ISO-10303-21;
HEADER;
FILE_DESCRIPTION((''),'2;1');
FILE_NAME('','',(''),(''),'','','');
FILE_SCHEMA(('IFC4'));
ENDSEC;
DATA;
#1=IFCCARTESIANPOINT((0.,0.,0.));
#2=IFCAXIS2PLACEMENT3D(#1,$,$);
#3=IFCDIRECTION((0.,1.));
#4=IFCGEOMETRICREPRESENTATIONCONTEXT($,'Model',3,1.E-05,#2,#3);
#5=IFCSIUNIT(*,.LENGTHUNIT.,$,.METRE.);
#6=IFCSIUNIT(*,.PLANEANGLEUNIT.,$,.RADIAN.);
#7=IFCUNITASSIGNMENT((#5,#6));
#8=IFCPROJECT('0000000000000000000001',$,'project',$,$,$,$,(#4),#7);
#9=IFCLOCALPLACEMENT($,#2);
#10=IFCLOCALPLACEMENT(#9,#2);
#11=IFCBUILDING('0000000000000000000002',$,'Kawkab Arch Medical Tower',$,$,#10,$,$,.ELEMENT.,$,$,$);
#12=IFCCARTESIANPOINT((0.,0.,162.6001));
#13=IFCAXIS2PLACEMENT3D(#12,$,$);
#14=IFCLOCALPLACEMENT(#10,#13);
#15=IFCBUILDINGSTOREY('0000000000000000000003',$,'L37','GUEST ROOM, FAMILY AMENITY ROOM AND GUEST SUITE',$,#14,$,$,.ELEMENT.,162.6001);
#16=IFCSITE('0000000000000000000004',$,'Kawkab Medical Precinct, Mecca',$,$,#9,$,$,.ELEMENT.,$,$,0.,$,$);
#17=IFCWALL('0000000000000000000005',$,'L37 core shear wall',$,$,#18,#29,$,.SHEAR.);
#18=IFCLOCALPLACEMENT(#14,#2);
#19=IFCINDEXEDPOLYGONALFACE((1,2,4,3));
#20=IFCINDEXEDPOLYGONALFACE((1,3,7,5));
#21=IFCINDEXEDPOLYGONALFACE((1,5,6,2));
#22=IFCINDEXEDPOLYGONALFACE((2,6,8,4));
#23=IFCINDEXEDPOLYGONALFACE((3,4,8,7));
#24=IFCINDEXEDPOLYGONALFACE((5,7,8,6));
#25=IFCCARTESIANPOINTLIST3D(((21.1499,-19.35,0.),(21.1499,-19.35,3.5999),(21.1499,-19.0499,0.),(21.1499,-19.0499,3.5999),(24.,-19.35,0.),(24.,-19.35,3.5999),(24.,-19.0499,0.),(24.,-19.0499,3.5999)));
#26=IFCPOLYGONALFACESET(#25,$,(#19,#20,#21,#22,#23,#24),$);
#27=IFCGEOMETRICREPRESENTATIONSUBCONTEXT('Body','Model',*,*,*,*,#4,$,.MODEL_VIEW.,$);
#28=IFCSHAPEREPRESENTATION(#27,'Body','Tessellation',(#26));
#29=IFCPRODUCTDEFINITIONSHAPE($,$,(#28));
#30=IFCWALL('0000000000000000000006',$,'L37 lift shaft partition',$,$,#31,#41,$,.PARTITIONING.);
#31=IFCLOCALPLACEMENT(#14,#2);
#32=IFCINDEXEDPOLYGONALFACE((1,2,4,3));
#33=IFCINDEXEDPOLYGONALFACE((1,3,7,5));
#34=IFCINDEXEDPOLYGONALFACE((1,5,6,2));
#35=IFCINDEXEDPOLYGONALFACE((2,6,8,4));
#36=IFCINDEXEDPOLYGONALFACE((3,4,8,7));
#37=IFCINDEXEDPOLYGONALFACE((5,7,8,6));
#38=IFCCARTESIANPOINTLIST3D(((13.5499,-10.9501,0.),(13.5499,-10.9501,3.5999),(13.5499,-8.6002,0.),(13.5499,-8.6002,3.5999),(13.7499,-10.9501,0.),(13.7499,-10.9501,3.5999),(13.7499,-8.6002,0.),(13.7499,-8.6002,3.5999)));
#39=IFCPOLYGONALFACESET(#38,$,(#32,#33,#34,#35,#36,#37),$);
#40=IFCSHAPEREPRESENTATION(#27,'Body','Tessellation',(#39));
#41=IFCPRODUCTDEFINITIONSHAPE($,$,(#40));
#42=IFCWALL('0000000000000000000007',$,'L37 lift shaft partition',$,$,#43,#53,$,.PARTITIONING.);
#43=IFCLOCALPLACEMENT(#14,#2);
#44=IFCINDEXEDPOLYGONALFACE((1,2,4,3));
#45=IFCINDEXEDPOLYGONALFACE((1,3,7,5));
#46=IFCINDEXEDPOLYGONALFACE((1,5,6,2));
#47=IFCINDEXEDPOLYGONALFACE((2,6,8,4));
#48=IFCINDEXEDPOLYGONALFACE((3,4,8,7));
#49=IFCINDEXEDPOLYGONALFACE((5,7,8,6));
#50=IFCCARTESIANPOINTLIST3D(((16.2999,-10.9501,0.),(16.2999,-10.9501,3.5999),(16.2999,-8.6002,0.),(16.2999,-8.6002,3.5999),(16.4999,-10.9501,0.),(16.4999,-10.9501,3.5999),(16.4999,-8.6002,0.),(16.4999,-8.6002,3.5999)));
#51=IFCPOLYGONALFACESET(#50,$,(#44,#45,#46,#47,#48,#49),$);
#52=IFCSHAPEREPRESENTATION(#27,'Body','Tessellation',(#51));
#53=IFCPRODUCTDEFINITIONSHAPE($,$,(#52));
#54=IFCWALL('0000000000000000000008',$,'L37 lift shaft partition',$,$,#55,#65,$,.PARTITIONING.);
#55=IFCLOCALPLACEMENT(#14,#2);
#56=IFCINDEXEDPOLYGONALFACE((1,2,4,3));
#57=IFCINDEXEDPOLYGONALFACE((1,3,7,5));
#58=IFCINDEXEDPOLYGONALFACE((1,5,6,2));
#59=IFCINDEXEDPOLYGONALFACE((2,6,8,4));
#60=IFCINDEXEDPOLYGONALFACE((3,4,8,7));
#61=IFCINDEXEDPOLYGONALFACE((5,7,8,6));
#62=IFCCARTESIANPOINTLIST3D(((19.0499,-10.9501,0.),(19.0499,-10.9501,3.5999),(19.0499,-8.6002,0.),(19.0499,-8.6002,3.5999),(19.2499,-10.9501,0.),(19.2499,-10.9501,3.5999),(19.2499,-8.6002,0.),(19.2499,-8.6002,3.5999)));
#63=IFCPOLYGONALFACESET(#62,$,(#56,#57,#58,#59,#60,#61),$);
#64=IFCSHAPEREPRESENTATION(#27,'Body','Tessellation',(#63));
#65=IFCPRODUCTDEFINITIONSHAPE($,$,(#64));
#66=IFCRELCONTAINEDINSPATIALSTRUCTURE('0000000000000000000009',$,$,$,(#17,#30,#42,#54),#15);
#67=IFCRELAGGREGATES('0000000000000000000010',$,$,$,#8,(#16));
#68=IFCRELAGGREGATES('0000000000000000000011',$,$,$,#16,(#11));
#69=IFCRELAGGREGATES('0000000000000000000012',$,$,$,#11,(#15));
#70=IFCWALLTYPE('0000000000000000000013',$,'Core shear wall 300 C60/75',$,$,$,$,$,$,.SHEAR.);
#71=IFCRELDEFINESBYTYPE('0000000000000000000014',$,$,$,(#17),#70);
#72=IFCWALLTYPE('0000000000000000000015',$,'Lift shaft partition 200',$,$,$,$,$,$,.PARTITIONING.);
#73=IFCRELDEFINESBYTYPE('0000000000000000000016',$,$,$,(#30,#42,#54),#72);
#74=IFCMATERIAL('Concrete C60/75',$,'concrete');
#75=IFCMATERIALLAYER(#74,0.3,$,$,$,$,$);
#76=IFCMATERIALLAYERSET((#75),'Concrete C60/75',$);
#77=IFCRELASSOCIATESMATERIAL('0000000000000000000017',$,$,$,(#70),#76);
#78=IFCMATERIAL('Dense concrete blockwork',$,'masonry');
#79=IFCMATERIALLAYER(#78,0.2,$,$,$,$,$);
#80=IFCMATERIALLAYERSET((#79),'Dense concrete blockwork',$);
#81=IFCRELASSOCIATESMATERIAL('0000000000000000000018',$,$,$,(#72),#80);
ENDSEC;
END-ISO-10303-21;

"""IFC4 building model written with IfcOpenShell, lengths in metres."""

from ifc_helpers import new_model, si_unit, direction, frame, frame_2d, origin, place, context, subcontext, project, spatial, rectangle, extrude, material, layer, layer_set, type_object, element, save


model = new_model("IFC4")

# Units and contexts
model_context = context("Model", 3, precision=1e-05, world=origin(), true_north=direction((0.0, 1.0)))
body_context = subcontext(model_context, "Body", "Model", "MODEL_VIEW")
ifc_project = project(units=[si_unit("LENGTHUNIT", "METRE"), si_unit("PLANEANGLEUNIT", "RADIAN")], contexts=[model_context])

# Site, building, storey
site_placement = place(None, origin())
site = spatial("IfcSite", under=ifc_project, at=site_placement, Name="Kawkab Medical Precinct, Mecca", CompositionType="ELEMENT", RefElevation=0.0)
building_placement = place(site_placement, origin())
building = spatial("IfcBuilding", under=site, at=building_placement, Name="Kawkab Arch Medical Tower", CompositionType="ELEMENT")
storey_placement = place(building_placement, frame((0.0, 0.0, 162.6001)))
storey = spatial("IfcBuildingStorey", under=building, at=storey_placement, Name="L37", Description="GUEST ROOM, FAMILY AMENITY ROOM AND GUEST SUITE", CompositionType="ELEMENT", Elevation=162.6001)

# Walls
ifc_material_1 = material(Name="Concrete C60/75", Category="concrete")
ifc_layer_1 = layer(ifc_material_1, 0.3)
ifc_layer_set_1 = layer_set([ifc_layer_1], Name="Concrete C60/75")
wall_type_1 = type_object("IfcWallType", Name="Core shear wall 300 C60/75", PredefinedType="SHEAR", material=ifc_layer_set_1)
wall_1_placement = place(storey_placement, frame((21.1499, -19.2, 0.0), z_axis=(0.0, 0.0, 1.0), x_axis=(1.0, 0.0, 0.0)))
element("IfcWall", 1, at=wall_1_placement, inside=storey, type_object=wall_type_1, Name="L37 core shear wall", PredefinedType="SHEAR", context=body_context, shape_type="SweptSolid", body=[
    extrude(rectangle(XDim=2.8501, YDim=0.3, at=frame_2d((1.425, 0.0))), origin(), (0.0, 0.0, 1.0), 3.5999),
])
ifc_material_2 = material(Name="Dense concrete blockwork", Category="masonry")
ifc_layer_2 = layer(ifc_material_2, 0.2)
ifc_layer_set_2 = layer_set([ifc_layer_2], Name="Dense concrete blockwork")
wall_type_2 = type_object("IfcWallType", Name="Lift shaft partition 200", PredefinedType="PARTITIONING", material=ifc_layer_set_2)
for number, where, z_axis, x_axis, name in (
    (2, (13.6499, -10.95, 0.0), (0.0, 0.0, 1.0), (0.0, 1.0, 0.0), "L37 lift shaft partition"),
    (3, (16.3999, -10.95, 0.0), (0.0, 0.0, 1.0), (0.0, 1.0, 0.0), "L37 lift shaft partition"),
    (4, (19.1499, -10.95, 0.0), (0.0, 0.0, 1.0), (0.0, 1.0, 0.0), "L37 lift shaft partition"),
):
    element("IfcWall", number, at=place(storey_placement, frame(where, z_axis=z_axis, x_axis=x_axis)), inside=storey, type_object=wall_type_2, Name=name, PredefinedType="PARTITIONING", context=body_context, shape_type="SweptSolid", body=[
        extrude(rectangle(XDim=2.3499, YDim=0.2, at=frame_2d((1.1748, 0.0))), origin(), (0.0, 0.0, 1.0), 3.5999),
    ])

save(model, "model.ifc")
